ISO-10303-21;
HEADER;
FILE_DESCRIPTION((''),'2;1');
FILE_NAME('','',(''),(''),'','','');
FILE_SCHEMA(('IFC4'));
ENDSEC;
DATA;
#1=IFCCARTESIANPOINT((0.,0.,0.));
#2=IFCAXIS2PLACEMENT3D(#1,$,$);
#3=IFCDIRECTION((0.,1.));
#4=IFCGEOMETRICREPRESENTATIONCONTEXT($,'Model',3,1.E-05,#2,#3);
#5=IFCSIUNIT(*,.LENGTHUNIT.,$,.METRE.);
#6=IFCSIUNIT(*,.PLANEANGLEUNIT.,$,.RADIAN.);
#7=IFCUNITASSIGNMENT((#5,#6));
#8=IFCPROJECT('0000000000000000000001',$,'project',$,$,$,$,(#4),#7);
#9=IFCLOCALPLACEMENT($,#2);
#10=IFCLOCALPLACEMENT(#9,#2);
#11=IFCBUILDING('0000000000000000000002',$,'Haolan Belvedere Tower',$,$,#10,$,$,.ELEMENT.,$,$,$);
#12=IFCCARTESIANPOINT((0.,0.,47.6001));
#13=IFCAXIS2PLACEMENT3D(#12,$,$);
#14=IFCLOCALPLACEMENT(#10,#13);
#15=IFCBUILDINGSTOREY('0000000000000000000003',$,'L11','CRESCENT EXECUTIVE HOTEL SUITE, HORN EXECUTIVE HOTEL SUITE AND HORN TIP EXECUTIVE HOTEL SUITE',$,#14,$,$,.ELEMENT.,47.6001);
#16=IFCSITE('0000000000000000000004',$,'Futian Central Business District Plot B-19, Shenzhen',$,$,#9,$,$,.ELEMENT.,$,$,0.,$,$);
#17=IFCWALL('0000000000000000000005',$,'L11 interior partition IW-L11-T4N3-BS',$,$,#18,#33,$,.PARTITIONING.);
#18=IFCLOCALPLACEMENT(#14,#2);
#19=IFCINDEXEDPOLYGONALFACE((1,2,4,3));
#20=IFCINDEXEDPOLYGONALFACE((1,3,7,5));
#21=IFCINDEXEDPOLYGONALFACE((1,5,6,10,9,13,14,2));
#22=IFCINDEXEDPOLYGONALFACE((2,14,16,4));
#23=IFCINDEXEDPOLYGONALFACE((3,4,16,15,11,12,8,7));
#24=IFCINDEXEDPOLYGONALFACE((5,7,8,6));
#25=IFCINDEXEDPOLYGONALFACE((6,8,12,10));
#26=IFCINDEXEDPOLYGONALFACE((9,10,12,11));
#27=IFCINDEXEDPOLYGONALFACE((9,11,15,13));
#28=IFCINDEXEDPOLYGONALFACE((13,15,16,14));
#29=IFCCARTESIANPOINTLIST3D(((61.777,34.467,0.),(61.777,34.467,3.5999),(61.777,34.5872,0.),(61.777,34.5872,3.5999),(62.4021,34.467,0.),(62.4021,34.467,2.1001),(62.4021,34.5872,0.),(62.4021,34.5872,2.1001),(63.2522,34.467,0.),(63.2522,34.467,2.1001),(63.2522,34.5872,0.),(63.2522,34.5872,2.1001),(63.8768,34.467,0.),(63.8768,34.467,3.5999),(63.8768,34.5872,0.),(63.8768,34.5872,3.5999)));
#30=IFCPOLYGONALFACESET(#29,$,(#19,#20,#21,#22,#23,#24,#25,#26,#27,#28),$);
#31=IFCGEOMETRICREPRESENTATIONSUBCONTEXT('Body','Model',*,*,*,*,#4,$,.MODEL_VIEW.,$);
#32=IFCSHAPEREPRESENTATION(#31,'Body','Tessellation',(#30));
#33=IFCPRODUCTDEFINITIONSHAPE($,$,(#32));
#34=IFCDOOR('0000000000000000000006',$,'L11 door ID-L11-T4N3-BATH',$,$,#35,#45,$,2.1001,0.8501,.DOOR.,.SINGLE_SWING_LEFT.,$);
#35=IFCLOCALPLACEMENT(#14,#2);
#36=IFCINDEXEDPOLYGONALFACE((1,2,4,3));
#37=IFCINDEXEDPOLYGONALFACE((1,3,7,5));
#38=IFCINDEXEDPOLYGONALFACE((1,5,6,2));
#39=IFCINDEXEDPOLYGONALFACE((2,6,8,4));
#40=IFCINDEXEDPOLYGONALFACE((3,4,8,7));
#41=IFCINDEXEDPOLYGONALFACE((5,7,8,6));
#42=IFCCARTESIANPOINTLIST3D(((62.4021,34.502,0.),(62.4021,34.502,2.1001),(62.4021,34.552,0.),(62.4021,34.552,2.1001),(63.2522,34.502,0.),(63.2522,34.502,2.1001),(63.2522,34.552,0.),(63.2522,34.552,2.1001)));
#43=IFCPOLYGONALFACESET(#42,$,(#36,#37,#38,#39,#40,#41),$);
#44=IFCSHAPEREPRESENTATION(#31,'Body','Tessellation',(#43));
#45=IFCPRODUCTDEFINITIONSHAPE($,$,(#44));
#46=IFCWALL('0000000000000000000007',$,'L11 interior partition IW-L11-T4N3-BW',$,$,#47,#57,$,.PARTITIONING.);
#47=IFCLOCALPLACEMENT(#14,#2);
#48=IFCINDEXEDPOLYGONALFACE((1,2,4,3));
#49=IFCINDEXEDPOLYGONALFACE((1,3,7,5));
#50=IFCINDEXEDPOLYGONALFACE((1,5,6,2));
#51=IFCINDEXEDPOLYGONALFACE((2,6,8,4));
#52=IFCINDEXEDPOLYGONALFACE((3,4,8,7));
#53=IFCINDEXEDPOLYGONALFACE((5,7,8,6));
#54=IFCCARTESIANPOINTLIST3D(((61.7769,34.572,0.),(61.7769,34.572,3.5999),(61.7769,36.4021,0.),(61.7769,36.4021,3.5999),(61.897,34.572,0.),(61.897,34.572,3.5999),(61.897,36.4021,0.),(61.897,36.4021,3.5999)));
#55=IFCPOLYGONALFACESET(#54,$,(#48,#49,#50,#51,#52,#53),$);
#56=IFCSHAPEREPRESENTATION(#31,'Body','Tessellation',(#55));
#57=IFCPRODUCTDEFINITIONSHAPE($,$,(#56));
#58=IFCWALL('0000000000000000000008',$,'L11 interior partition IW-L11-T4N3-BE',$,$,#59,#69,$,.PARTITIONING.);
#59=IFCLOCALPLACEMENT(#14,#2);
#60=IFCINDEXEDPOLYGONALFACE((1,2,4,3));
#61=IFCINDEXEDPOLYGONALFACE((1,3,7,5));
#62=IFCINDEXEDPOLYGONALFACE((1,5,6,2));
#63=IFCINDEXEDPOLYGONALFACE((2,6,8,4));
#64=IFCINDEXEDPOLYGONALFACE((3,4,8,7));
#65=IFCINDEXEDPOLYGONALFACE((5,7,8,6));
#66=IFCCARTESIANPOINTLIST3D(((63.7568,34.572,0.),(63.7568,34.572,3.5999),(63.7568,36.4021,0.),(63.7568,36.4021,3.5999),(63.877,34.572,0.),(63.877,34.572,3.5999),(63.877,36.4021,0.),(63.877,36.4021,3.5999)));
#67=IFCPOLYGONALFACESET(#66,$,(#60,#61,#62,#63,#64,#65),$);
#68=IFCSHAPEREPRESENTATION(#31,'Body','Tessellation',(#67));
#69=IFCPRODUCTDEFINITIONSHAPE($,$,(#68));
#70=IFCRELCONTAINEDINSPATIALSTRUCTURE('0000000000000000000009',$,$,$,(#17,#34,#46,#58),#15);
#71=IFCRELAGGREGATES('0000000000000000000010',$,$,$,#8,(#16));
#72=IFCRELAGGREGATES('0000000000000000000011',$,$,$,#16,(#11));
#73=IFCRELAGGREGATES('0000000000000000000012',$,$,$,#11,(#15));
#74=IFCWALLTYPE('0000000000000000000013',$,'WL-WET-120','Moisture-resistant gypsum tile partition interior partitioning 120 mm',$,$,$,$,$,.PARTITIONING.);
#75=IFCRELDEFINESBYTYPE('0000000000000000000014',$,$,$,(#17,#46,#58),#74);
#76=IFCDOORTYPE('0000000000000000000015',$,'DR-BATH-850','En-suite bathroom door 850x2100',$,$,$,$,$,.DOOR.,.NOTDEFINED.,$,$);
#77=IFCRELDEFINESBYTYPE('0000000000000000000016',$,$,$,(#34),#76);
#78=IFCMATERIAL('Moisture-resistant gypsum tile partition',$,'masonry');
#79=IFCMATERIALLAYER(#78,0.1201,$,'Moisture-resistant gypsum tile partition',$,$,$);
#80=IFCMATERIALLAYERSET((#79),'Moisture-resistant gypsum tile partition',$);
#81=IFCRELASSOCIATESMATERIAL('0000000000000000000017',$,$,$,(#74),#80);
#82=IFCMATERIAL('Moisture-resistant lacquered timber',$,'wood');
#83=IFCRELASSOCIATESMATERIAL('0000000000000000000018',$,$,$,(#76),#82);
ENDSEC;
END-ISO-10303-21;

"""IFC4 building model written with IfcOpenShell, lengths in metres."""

from ifc_helpers import new_model, si_unit, direction, frame, frame_2d, origin, place, context, subcontext, project, spatial, rectangle, extrude, material, layer, layer_set, type_object, element, fill, save


model = new_model("IFC4")

# Units and contexts
model_context = context("Model", 3, precision=1e-05, world=origin(), true_north=direction((0.0, 1.0)))
body_context = subcontext(model_context, "Body", "Model", "MODEL_VIEW")
ifc_project = project(units=[si_unit("LENGTHUNIT", "METRE"), si_unit("PLANEANGLEUNIT", "RADIAN")], contexts=[model_context])

# Site, building, storey
site_placement = place(None, origin())
site = spatial("IfcSite", under=ifc_project, at=site_placement, Name="Futian Central Business District Plot B-19, Shenzhen", CompositionType="ELEMENT", RefElevation=0.0)
building_placement = place(site_placement, origin())
building = spatial("IfcBuilding", under=site, at=building_placement, Name="Haolan Belvedere Tower", CompositionType="ELEMENT")
storey_placement = place(building_placement, frame((0.0, 0.0, 47.6001)))
storey = spatial("IfcBuildingStorey", under=building, at=storey_placement, Name="L11", Description="CRESCENT EXECUTIVE HOTEL SUITE, HORN EXECUTIVE HOTEL SUITE AND HORN TIP EXECUTIVE HOTEL SUITE", CompositionType="ELEMENT", Elevation=47.6001)

# Shared definitions
ifc_material_1 = material(Name="Moisture-resistant gypsum tile partition", Category="masonry")
ifc_layer_1 = layer(ifc_material_1, 0.1201, Name="Moisture-resistant gypsum tile partition")
ifc_layer_set_1 = layer_set([ifc_layer_1], Name="Moisture-resistant gypsum tile partition")
wall_type_1 = type_object("IfcWallType", Name="WL-WET-120", Description="Moisture-resistant gypsum tile partition interior partitioning 120 mm", PredefinedType="PARTITIONING", material=ifc_layer_set_1)

# Wall, opening, door
wall_1_placement = place(storey_placement, frame((61.7771, 34.5271, 0.0), z_axis=(0.0, 0.0, 1.0), x_axis=(1.0, 0.0, 0.0)))
wall_1 = element("IfcWall", 1, at=wall_1_placement, inside=storey, type_object=wall_type_1, Name="L11 interior partition IW-L11-T4N3-BS", PredefinedType="PARTITIONING", context=body_context, shape_type="SweptSolid", body=[
    extrude(rectangle(XDim=2.0999, YDim=0.1201, at=frame_2d((1.0498, 0.0))), origin(), (0.0, 0.0, 1.0), 3.5999),
])
opening_1_placement = place(wall_1_placement, frame((0.625, 0.0, 0.0)))
opening_1 = element("IfcOpeningElement", 2, at=opening_1_placement, cuts=wall_1, PredefinedType="OPENING", context=body_context, shape_type="SweptSolid", body=[
    extrude(rectangle(XDim=0.8501, YDim=2.1001, at=frame_2d((0.425, 1.05))), frame((0.0, 0.0701, 0.0), z_axis=(0.0, -1.0, 0.0), x_axis=(1.0, 0.0, 0.0)), (0.0, 0.0, 1.0), 0.1401),
])
ifc_material_2 = material(Name="Moisture-resistant lacquered timber", Category="wood")
door_type = type_object("IfcDoorType", Name="DR-BATH-850", Description="En-suite bathroom door 850x2100", OperationType="NOTDEFINED", PredefinedType="DOOR", material=ifc_material_2)
door_placement = place(opening_1_placement, origin())
door = element("IfcDoor", 3, at=door_placement, inside=storey, type_object=door_type, Name="L11 door ID-L11-T4N3-BATH", OperationType="SINGLE_SWING_LEFT", OverallHeight=2.1001, OverallWidth=0.8501, PredefinedType="DOOR", context=body_context, shape_type="SweptSolid", body=[
    extrude(rectangle(XDim=0.8501, YDim=2.1001, at=frame_2d((0.425, 1.05))), frame((0.0, 0.0249, 0.0), z_axis=(0.0, -1.0, 0.0), x_axis=(1.0, 0.0, 0.0)), (0.0, 0.0, 1.0), 0.05),
])
fill(opening_1, door)

# Walls
for number, where, z_axis, x_axis, name in (
    (4, (61.8369, 34.572, 0.0), (0.0, 0.0, 1.0), (0.0, 1.0, 0.0), "L11 interior partition IW-L11-T4N3-BW"),
    (5, (63.8169, 34.572, 0.0), (0.0, 0.0, 1.0), (0.0, 1.0, 0.0), "L11 interior partition IW-L11-T4N3-BE"),
):
    element("IfcWall", number, at=place(storey_placement, frame(where, z_axis=z_axis, x_axis=x_axis)), inside=storey, type_object=wall_type_1, Name=name, PredefinedType="PARTITIONING", context=body_context, shape_type="SweptSolid", body=[
        extrude(rectangle(XDim=1.8301, YDim=0.1201, at=frame_2d((0.915, 0.0))), origin(), (0.0, 0.0, 1.0), 3.5999),
    ])

save(model, "model.ifc")
